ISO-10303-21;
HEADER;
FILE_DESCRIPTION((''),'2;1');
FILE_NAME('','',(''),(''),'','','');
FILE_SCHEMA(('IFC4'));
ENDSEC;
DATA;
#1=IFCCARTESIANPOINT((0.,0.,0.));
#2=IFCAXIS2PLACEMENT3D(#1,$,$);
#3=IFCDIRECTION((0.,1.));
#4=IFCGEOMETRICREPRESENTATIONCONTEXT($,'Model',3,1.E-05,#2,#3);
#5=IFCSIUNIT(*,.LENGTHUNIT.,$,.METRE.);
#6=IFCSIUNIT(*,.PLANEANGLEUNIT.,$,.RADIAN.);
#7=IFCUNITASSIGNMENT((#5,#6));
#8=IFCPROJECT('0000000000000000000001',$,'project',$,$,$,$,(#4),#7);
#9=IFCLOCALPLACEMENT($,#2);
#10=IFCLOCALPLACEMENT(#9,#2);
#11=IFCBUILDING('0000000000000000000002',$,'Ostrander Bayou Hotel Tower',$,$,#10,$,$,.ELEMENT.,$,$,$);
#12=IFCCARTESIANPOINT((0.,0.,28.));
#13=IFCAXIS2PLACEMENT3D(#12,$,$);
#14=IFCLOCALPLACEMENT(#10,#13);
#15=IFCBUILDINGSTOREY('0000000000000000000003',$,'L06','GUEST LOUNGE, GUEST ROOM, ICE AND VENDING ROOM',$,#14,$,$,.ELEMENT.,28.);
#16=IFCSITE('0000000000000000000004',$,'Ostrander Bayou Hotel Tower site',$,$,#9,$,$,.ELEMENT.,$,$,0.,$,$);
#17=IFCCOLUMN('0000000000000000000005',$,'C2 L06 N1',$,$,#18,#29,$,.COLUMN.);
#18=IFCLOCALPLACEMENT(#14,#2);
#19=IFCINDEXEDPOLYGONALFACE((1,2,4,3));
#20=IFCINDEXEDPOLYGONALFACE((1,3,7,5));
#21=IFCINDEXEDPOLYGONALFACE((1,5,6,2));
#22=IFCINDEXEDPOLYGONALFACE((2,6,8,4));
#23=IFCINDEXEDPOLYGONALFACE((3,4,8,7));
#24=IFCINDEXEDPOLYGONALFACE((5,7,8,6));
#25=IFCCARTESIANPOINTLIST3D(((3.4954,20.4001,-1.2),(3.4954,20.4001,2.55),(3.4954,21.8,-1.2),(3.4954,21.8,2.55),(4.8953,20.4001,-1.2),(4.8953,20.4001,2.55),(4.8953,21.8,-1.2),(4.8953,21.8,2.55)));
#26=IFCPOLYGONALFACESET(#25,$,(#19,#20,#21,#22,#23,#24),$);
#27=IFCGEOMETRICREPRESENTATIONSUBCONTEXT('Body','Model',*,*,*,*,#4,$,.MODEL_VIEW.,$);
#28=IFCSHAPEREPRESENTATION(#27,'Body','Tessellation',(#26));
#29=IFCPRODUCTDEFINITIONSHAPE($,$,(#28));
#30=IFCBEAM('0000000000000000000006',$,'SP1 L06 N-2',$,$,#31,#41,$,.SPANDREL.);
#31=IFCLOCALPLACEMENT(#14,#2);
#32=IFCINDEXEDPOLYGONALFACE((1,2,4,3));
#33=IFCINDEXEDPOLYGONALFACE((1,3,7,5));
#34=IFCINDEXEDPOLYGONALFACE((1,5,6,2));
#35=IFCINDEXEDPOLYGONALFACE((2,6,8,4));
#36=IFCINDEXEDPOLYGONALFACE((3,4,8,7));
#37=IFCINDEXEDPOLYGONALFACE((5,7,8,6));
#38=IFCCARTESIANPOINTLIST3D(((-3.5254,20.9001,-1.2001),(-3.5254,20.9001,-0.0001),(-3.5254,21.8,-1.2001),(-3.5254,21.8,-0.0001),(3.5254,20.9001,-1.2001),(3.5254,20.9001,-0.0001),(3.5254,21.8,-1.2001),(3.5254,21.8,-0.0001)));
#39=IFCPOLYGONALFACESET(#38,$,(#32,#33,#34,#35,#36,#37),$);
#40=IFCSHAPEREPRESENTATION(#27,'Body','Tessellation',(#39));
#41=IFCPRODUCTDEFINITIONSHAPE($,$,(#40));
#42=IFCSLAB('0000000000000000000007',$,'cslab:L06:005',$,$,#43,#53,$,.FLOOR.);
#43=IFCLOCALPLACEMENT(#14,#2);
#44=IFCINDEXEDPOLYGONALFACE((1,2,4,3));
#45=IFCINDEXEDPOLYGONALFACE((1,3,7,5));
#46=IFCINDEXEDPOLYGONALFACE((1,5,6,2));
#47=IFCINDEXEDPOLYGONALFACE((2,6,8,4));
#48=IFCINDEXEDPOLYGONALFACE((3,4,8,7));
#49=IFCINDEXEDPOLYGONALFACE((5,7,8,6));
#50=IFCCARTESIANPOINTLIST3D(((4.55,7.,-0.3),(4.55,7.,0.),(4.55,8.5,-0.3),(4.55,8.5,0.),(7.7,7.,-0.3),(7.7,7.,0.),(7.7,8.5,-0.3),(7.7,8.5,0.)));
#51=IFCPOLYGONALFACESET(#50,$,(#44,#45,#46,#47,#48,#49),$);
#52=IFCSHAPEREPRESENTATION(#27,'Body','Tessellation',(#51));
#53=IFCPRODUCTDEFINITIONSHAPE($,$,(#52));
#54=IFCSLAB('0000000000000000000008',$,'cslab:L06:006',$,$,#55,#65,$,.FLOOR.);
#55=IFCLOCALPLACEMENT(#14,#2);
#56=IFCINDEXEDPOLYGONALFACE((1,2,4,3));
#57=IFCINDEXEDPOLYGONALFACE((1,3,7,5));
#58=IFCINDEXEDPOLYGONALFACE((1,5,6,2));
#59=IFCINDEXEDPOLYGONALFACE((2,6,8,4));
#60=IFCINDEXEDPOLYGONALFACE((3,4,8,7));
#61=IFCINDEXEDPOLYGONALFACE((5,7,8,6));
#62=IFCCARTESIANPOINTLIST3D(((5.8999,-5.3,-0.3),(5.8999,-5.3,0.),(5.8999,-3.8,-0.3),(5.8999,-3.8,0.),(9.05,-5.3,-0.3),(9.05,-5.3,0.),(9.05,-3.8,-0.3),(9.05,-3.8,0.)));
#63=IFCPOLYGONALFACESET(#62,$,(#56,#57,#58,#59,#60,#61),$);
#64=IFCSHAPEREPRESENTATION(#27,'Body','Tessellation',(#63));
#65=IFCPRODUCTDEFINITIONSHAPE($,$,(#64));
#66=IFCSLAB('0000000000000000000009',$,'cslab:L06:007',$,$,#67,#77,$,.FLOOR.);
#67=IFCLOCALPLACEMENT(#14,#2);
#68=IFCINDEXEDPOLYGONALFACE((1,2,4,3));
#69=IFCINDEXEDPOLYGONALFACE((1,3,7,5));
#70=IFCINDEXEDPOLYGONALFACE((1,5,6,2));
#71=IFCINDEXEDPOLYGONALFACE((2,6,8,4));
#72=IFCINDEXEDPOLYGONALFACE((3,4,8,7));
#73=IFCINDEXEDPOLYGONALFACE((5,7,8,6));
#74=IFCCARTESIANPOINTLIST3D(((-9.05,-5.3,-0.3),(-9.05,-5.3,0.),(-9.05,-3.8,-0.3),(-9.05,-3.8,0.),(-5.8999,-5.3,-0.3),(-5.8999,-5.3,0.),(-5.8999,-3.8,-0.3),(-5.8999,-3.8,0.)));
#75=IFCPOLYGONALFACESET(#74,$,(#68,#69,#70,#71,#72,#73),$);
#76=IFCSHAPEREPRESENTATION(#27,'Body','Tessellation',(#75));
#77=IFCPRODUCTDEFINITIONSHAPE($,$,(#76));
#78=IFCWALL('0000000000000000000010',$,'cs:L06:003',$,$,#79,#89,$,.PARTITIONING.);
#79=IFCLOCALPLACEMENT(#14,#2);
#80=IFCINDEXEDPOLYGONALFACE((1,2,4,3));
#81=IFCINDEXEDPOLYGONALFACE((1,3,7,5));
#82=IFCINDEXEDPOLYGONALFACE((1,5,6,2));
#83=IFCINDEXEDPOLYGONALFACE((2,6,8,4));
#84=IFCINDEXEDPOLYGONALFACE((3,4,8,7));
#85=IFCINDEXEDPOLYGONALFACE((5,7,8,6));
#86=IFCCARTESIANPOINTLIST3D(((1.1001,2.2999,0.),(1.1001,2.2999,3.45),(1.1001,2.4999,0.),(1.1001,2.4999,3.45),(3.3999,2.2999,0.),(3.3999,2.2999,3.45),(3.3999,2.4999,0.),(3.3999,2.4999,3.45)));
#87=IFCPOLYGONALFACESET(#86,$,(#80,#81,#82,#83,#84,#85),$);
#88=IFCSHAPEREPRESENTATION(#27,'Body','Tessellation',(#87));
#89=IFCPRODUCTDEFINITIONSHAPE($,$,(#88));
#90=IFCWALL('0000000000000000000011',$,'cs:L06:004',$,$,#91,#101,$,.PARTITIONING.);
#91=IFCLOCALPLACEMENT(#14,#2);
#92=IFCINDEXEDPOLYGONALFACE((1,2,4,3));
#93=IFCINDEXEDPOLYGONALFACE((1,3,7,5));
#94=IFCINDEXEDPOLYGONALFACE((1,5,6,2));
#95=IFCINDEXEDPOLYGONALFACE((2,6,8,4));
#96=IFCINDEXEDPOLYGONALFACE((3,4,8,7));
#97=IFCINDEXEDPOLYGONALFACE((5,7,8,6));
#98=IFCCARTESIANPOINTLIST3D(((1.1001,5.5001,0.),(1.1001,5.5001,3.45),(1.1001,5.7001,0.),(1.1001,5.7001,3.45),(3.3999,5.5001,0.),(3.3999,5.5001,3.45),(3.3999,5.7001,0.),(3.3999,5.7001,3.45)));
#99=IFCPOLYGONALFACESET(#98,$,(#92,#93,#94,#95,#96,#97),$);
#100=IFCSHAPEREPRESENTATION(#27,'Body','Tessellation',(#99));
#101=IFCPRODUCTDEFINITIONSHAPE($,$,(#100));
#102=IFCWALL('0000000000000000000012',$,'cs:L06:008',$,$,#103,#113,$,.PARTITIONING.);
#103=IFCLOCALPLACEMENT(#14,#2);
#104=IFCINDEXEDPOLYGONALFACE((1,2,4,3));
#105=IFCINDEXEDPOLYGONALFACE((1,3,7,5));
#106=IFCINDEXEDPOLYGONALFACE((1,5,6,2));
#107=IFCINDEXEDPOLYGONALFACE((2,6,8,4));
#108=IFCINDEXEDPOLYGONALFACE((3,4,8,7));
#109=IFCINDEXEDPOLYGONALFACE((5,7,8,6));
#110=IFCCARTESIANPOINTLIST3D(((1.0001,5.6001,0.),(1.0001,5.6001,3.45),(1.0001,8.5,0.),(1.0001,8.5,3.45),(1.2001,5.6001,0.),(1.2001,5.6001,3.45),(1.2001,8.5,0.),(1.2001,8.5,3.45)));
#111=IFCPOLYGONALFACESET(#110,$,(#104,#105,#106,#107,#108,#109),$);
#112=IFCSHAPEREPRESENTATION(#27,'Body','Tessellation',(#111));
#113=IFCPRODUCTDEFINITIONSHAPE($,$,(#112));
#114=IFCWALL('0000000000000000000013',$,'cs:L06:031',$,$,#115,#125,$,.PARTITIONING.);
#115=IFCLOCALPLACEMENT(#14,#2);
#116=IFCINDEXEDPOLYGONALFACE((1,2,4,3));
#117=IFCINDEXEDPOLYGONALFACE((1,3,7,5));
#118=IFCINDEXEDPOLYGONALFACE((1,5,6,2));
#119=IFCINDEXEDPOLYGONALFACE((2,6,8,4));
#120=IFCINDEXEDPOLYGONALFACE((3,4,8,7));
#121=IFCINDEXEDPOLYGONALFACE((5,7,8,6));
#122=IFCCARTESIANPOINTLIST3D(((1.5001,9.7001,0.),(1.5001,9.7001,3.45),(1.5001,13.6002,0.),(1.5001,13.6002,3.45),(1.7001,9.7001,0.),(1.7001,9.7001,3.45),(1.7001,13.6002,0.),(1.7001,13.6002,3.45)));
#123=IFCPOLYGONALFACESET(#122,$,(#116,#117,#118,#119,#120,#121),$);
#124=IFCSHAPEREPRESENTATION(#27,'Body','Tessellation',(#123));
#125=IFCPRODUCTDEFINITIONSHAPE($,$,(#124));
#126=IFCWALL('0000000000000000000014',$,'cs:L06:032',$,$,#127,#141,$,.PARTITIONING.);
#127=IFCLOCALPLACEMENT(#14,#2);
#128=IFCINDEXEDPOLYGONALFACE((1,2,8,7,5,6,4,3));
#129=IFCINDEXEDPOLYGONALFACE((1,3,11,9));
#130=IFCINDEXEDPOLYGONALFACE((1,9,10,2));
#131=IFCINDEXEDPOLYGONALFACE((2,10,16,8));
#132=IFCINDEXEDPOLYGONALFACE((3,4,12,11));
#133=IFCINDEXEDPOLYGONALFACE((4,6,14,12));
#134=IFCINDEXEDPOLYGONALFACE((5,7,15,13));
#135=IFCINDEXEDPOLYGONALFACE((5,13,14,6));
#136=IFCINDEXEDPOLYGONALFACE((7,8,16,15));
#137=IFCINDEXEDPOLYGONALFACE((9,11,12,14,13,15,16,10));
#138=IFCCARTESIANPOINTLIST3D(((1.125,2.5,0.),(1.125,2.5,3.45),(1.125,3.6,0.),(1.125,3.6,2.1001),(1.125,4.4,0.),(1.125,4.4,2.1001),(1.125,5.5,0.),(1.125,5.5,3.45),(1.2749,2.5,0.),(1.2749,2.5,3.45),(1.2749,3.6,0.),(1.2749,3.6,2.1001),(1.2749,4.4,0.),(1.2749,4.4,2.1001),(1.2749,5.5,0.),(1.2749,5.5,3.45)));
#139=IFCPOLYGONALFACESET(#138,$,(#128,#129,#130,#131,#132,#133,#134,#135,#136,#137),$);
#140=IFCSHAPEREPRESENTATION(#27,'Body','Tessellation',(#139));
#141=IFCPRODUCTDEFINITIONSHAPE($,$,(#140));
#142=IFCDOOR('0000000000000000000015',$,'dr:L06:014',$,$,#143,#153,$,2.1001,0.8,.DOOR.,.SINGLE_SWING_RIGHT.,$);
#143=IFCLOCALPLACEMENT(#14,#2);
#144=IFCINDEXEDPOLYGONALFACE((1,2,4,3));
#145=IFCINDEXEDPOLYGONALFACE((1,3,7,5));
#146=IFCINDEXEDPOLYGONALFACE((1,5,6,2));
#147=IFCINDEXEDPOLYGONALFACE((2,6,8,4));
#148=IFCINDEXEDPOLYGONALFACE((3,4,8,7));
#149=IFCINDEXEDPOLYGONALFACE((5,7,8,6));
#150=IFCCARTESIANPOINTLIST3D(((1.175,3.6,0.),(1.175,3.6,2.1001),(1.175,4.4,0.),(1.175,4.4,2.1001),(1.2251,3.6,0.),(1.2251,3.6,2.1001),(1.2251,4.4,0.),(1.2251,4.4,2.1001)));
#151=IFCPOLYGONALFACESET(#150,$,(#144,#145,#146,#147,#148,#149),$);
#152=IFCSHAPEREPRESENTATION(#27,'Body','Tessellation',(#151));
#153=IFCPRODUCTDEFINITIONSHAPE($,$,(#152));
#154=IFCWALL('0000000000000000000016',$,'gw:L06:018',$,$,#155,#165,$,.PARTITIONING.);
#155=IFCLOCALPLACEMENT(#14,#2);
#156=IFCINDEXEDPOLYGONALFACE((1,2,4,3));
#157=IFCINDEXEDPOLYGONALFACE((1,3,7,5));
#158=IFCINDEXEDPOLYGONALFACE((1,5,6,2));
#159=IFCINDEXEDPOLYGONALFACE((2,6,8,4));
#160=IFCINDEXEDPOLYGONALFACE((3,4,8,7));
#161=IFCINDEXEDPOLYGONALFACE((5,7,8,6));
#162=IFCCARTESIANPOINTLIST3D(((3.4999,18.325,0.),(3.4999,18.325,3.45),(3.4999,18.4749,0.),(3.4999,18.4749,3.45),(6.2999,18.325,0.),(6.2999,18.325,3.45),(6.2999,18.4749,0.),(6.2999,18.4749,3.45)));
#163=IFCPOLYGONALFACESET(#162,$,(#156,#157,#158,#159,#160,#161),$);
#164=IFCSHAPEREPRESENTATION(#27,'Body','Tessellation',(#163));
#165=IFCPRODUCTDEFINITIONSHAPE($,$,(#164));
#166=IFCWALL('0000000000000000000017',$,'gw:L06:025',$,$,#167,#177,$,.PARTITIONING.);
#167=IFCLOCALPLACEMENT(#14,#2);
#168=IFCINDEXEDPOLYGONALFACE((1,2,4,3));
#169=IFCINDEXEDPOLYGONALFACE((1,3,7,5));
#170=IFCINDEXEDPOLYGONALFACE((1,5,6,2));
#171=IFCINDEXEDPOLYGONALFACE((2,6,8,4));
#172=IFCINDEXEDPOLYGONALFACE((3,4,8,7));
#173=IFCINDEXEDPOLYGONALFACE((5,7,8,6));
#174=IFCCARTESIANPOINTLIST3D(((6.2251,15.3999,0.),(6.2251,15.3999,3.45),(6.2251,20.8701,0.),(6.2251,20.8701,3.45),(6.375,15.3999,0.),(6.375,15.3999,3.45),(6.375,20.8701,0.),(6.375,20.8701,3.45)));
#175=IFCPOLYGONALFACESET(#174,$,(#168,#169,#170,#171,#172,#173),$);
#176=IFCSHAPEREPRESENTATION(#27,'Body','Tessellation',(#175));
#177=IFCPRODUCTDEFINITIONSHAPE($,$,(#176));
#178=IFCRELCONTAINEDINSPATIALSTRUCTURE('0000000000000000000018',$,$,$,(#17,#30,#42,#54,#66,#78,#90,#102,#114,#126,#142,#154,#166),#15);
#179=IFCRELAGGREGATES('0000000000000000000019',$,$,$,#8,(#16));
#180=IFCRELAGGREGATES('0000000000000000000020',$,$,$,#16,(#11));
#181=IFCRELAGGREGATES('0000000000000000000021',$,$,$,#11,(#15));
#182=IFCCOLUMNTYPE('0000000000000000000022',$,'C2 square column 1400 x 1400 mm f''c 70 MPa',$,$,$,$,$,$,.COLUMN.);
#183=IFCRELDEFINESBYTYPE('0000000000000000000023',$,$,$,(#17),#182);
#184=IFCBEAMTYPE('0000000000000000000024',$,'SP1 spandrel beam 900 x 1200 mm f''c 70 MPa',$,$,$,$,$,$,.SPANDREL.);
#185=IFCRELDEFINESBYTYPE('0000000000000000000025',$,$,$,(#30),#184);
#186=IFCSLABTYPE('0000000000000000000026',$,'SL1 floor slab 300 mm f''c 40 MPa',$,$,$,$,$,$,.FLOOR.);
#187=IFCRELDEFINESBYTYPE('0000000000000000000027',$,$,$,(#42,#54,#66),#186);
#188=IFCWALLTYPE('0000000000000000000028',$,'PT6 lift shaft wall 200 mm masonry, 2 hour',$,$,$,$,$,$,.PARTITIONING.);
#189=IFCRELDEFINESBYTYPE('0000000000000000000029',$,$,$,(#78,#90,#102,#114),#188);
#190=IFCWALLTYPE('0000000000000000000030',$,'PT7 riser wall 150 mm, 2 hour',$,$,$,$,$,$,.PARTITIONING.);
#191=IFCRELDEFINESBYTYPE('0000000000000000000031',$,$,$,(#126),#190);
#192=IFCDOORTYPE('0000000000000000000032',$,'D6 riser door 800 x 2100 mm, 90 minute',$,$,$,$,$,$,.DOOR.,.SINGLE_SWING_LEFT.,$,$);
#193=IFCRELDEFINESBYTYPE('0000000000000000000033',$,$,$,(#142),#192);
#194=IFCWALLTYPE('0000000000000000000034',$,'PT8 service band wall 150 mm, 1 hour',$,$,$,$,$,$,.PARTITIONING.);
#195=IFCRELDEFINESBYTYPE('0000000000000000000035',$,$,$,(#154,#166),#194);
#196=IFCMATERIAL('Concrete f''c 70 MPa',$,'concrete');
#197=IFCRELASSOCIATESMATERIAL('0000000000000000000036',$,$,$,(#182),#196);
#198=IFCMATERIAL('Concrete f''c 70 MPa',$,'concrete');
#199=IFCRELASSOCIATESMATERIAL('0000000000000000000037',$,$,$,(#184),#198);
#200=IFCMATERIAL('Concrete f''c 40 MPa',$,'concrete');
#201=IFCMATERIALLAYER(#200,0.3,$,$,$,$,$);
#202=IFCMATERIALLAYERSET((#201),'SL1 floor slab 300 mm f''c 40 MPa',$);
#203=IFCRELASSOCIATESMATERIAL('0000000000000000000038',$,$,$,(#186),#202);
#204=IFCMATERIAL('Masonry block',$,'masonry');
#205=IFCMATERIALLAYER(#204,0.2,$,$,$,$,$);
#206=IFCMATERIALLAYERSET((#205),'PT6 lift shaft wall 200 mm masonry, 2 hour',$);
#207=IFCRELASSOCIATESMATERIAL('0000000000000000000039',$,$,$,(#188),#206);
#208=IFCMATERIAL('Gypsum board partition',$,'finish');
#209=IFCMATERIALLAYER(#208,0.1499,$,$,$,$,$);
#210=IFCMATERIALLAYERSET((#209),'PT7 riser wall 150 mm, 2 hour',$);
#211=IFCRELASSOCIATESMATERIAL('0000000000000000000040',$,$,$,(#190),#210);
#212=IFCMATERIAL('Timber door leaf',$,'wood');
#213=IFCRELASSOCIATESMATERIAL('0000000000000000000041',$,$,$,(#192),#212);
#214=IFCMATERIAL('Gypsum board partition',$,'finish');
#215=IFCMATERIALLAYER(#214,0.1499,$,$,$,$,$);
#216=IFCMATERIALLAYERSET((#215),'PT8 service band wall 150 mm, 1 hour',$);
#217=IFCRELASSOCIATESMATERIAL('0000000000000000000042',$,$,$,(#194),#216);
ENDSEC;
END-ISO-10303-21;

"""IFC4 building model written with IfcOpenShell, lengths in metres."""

from ifc_helpers import new_model, si_unit, direction, frame, frame_2d, origin, origin_2d, place, context, subcontext, project, spatial, polyline, rectangle, outline, extrude, material, layer, layer_set, material_profile, profile_set, type_object, element, fill, save


model = new_model("IFC4")

# Units and contexts
model_context = context("Model", 3, precision=1e-05, world=origin(), true_north=direction((0.0, 1.0)))
body_context = subcontext(model_context, "Body", "Model", "MODEL_VIEW")
ifc_project = project(units=[si_unit("LENGTHUNIT", "METRE"), si_unit("PLANEANGLEUNIT", "RADIAN")], contexts=[model_context])

# Site, building, storey
site_placement = place(None, origin())
site = spatial("IfcSite", under=ifc_project, at=site_placement, Name="Ostrander Bayou Hotel Tower site", CompositionType="ELEMENT", RefElevation=0.0)
building_placement = place(site_placement, origin())
building = spatial("IfcBuilding", under=site, at=building_placement, Name="Ostrander Bayou Hotel Tower", CompositionType="ELEMENT")
storey_placement = place(building_placement, frame((0.0, 0.0, 28.0)))
storey = spatial("IfcBuildingStorey", under=building, at=storey_placement, Name="L06", Description="GUEST LOUNGE, GUEST ROOM, ICE AND VENDING ROOM", CompositionType="ELEMENT", Elevation=28.0)

# Column
ifc_material_1 = material(Name="Concrete f'c 70 MPa", Category="concrete")
ifc_material_profile_1 = material_profile(ifc_material_1, rectangle(XDim=1.3999, YDim=1.3999, at=origin_2d()))
ifc_profile_set_1 = profile_set([ifc_material_profile_1], Name="Concrete f'c 70 MPa")
column_type = type_object("IfcColumnType", Name="C2 square column 1400 x 1400 mm f'c 70 MPa", PredefinedType="COLUMN", material=ifc_profile_set_1)
column_placement = place(storey_placement, frame((4.1953, 21.1001, -1.2), z_axis=(0.0, 0.0, 1.0), x_axis=(1.0, 0.0, 0.0)))
element("IfcColumn", 1, at=column_placement, inside=storey, type_object=column_type, Name="C2 L06 N1", PredefinedType="COLUMN", context=body_context, shape_type="SweptSolid", body=[
    extrude(rectangle(XDim=1.3999, YDim=1.3999, at=origin_2d()), origin(), (0.0, 0.0, 1.0), 3.75),
])

# Beam
ifc_material_2 = material(Name="Concrete f'c 70 MPa", Category="concrete")
ifc_material_profile_2 = material_profile(ifc_material_2, rectangle(XDim=0.8999, YDim=1.2, at=origin_2d()))
ifc_profile_set_2 = profile_set([ifc_material_profile_2], Name="Concrete f'c 70 MPa")
beam_type = type_object("IfcBeamType", Name="SP1 spandrel beam 900 x 1200 mm f'c 70 MPa", PredefinedType="SPANDREL", material=ifc_profile_set_2)
beam_placement = place(storey_placement, frame((3.5254, 21.3501, -0.6001), z_axis=(-1.0, 0.0, 0.0), x_axis=(0.0, -1.0, 0.0)))
element("IfcBeam", 2, at=beam_placement, inside=storey, type_object=beam_type, Name="SP1 L06 N-2", PredefinedType="SPANDREL", context=body_context, shape_type="SweptSolid", body=[
    extrude(rectangle(XDim=0.8999, YDim=1.2, at=origin_2d()), origin(), (0.0, 0.0, 1.0), 7.0508),
])

# Slabs
ifc_material_3 = material(Name="Concrete f'c 40 MPa", Category="concrete")
ifc_layer_1 = layer(ifc_material_3, 0.3)
ifc_layer_set_1 = layer_set([ifc_layer_1], Name="SL1 floor slab 300 mm f'c 40 MPa")
slab_type = type_object("IfcSlabType", Name="SL1 floor slab 300 mm f'c 40 MPa", PredefinedType="FLOOR", material=ifc_layer_set_1)
slab_1_placement = place(storey_placement, frame((0.0, 0.0, -0.3)))
element("IfcSlab", 3, at=slab_1_placement, inside=storey, type_object=slab_type, Name="cslab:L06:005", PredefinedType="FLOOR", context=body_context, shape_type="SweptSolid", body=[
    extrude(outline(polyline([(7.7, 7.0), (7.7, 8.5), (4.55, 8.5), (4.55, 7.0), (7.7, 7.0)])), origin(), (0.0, 0.0, 1.0), 0.3),
])
slab_2_placement = place(storey_placement, frame((0.0, 0.0, -0.3)))
element("IfcSlab", 4, at=slab_2_placement, inside=storey, type_object=slab_type, Name="cslab:L06:006", PredefinedType="FLOOR", context=body_context, shape_type="SweptSolid", body=[
    extrude(outline(polyline([(9.05, -5.3), (9.05, -3.8), (5.8999, -3.8), (5.8999, -5.3), (9.05, -5.3)])), origin(), (0.0, 0.0, 1.0), 0.3),
])
slab_3_placement = place(storey_placement, frame((0.0, 0.0, -0.3)))
element("IfcSlab", 5, at=slab_3_placement, inside=storey, type_object=slab_type, Name="cslab:L06:007", PredefinedType="FLOOR", context=body_context, shape_type="SweptSolid", body=[
    extrude(outline(polyline([(-5.8999, -5.3), (-5.8999, -3.8), (-9.05, -3.8), (-9.05, -5.3), (-5.8999, -5.3)])), origin(), (0.0, 0.0, 1.0), 0.3),
])

# Walls
ifc_material_4 = material(Name="Masonry block", Category="masonry")
ifc_layer_2 = layer(ifc_material_4, 0.2)
ifc_layer_set_2 = layer_set([ifc_layer_2], Name="PT6 lift shaft wall 200 mm masonry, 2 hour")
wall_type_1 = type_object("IfcWallType", Name="PT6 lift shaft wall 200 mm masonry, 2 hour", PredefinedType="PARTITIONING", material=ifc_layer_set_2)
for number, where, z_axis, x_axis, name in (
    (6, (1.1001, 2.3999, 0.0), (0.0, 0.0, 1.0), (1.0, 0.0, 0.0), "cs:L06:003"),
    (7, (1.1001, 5.6001, 0.0), (0.0, 0.0, 1.0), (1.0, 0.0, 0.0), "cs:L06:004"),
):
    element("IfcWall", number, at=place(storey_placement, frame(where, z_axis=z_axis, x_axis=x_axis)), inside=storey, type_object=wall_type_1, Name=name, PredefinedType="PARTITIONING", context=body_context, shape_type="SweptSolid", body=[
        extrude(rectangle(XDim=2.2998, YDim=0.2, at=frame_2d((1.1499, 0.0))), origin(), (0.0, 0.0, 1.0), 3.45),
    ])
wall_1_placement = place(storey_placement, frame((1.1001, 5.6001, 0.0), z_axis=(0.0, 0.0, 1.0), x_axis=(0.0, 1.0, 0.0)))
element("IfcWall", 8, at=wall_1_placement, inside=storey, type_object=wall_type_1, Name="cs:L06:008", PredefinedType="PARTITIONING", context=body_context, shape_type="SweptSolid", body=[
    extrude(rectangle(XDim=2.8999, YDim=0.2, at=frame_2d((1.45, 0.0))), origin(), (0.0, 0.0, 1.0), 3.45),
])
wall_2_placement = place(storey_placement, frame((1.6001, 9.7, 0.0), z_axis=(0.0, 0.0, 1.0), x_axis=(0.0, 1.0, 0.0)))
element("IfcWall", 9, at=wall_2_placement, inside=storey, type_object=wall_type_1, Name="cs:L06:031", PredefinedType="PARTITIONING", context=body_context, shape_type="SweptSolid", body=[
    extrude(rectangle(XDim=3.9001, YDim=0.2, at=frame_2d((1.9502, 0.0))), origin(), (0.0, 0.0, 1.0), 3.45),
])

# Wall, opening, door
ifc_material_5 = material(Name="Gypsum board partition", Category="finish")
ifc_layer_3 = layer(ifc_material_5, 0.1499)
ifc_layer_set_3 = layer_set([ifc_layer_3], Name="PT7 riser wall 150 mm, 2 hour")
wall_type_2 = type_object("IfcWallType", Name="PT7 riser wall 150 mm, 2 hour", PredefinedType="PARTITIONING", material=ifc_layer_set_3)
wall_3_placement = place(storey_placement, frame((1.2, 2.5, 0.0), z_axis=(0.0, 0.0, 1.0), x_axis=(0.0, 1.0, 0.0)))
wall_3 = element("IfcWall", 10, at=wall_3_placement, inside=storey, type_object=wall_type_2, Name="cs:L06:032", PredefinedType="PARTITIONING", context=body_context, shape_type="SweptSolid", body=[
    extrude(rectangle(XDim=3.0, YDim=0.1499, at=frame_2d((1.5, 0.0))), origin(), (0.0, 0.0, 1.0), 3.45),
])
opening_1_placement = place(wall_3_placement, frame((1.1001, 0.0, 0.0)))
opening_1 = element("IfcOpeningElement", 11, at=opening_1_placement, cuts=wall_3, PredefinedType="OPENING", context=body_context, shape_type="SweptSolid", body=[
    extrude(rectangle(XDim=0.8, YDim=2.1001, at=frame_2d((0.3999, 1.05))), frame((0.0, 0.075, 0.0), z_axis=(0.0, -1.0, 0.0), x_axis=(1.0, 0.0, 0.0)), (0.0, 0.0, 1.0), 0.1499),
])
ifc_material_6 = material(Name="Timber door leaf", Category="wood")
door_type_1 = type_object("IfcDoorType", Name="D6 riser door 800 x 2100 mm, 90 minute", OperationType="SINGLE_SWING_LEFT", PredefinedType="DOOR", material=ifc_material_6)
door_1_placement = place(opening_1_placement, origin())
door_1 = element("IfcDoor", 12, at=door_1_placement, inside=storey, type_object=door_type_1, Name="dr:L06:014", OperationType="SINGLE_SWING_RIGHT", OverallHeight=2.1001, OverallWidth=0.8, PredefinedType="DOOR", context=body_context, shape_type="SweptSolid", body=[
    extrude(rectangle(XDim=0.8, YDim=2.1001, at=frame_2d((0.3999, 1.05))), frame((0.0, 0.0249, 0.0), z_axis=(0.0, -1.0, 0.0), x_axis=(1.0, 0.0, 0.0)), (0.0, 0.0, 1.0), 0.05),
])
fill(opening_1, door_1)

# Walls
ifc_material_7 = material(Name="Gypsum board partition", Category="finish")
ifc_layer_4 = layer(ifc_material_7, 0.1499)
ifc_layer_set_4 = layer_set([ifc_layer_4], Name="PT8 service band wall 150 mm, 1 hour")
wall_type_3 = type_object("IfcWallType", Name="PT8 service band wall 150 mm, 1 hour", PredefinedType="PARTITIONING", material=ifc_layer_set_4)
wall_4_placement = place(storey_placement, frame((3.5, 18.3999, 0.0), z_axis=(0.0, 0.0, 1.0), x_axis=(1.0, 0.0, 0.0)))
element("IfcWall", 13, at=wall_4_placement, inside=storey, type_object=wall_type_3, Name="gw:L06:018", PredefinedType="PARTITIONING", context=body_context, shape_type="SweptSolid", body=[
    extrude(rectangle(XDim=2.8, YDim=0.1499, at=frame_2d((1.3999, 0.0))), origin(), (0.0, 0.0, 1.0), 3.45),
])
wall_5_placement = place(storey_placement, frame((6.3, 15.3999, 0.0), z_axis=(0.0, 0.0, 1.0), x_axis=(0.0, 1.0, 0.0)))
element("IfcWall", 14, at=wall_5_placement, inside=storey, type_object=wall_type_3, Name="gw:L06:025", PredefinedType="PARTITIONING", context=body_context, shape_type="SweptSolid", body=[
    extrude(rectangle(XDim=5.4702, YDim=0.1499, at=frame_2d((2.7351, 0.0))), origin(), (0.0, 0.0, 1.0), 3.45),
])

save(model, "model.ifc")
